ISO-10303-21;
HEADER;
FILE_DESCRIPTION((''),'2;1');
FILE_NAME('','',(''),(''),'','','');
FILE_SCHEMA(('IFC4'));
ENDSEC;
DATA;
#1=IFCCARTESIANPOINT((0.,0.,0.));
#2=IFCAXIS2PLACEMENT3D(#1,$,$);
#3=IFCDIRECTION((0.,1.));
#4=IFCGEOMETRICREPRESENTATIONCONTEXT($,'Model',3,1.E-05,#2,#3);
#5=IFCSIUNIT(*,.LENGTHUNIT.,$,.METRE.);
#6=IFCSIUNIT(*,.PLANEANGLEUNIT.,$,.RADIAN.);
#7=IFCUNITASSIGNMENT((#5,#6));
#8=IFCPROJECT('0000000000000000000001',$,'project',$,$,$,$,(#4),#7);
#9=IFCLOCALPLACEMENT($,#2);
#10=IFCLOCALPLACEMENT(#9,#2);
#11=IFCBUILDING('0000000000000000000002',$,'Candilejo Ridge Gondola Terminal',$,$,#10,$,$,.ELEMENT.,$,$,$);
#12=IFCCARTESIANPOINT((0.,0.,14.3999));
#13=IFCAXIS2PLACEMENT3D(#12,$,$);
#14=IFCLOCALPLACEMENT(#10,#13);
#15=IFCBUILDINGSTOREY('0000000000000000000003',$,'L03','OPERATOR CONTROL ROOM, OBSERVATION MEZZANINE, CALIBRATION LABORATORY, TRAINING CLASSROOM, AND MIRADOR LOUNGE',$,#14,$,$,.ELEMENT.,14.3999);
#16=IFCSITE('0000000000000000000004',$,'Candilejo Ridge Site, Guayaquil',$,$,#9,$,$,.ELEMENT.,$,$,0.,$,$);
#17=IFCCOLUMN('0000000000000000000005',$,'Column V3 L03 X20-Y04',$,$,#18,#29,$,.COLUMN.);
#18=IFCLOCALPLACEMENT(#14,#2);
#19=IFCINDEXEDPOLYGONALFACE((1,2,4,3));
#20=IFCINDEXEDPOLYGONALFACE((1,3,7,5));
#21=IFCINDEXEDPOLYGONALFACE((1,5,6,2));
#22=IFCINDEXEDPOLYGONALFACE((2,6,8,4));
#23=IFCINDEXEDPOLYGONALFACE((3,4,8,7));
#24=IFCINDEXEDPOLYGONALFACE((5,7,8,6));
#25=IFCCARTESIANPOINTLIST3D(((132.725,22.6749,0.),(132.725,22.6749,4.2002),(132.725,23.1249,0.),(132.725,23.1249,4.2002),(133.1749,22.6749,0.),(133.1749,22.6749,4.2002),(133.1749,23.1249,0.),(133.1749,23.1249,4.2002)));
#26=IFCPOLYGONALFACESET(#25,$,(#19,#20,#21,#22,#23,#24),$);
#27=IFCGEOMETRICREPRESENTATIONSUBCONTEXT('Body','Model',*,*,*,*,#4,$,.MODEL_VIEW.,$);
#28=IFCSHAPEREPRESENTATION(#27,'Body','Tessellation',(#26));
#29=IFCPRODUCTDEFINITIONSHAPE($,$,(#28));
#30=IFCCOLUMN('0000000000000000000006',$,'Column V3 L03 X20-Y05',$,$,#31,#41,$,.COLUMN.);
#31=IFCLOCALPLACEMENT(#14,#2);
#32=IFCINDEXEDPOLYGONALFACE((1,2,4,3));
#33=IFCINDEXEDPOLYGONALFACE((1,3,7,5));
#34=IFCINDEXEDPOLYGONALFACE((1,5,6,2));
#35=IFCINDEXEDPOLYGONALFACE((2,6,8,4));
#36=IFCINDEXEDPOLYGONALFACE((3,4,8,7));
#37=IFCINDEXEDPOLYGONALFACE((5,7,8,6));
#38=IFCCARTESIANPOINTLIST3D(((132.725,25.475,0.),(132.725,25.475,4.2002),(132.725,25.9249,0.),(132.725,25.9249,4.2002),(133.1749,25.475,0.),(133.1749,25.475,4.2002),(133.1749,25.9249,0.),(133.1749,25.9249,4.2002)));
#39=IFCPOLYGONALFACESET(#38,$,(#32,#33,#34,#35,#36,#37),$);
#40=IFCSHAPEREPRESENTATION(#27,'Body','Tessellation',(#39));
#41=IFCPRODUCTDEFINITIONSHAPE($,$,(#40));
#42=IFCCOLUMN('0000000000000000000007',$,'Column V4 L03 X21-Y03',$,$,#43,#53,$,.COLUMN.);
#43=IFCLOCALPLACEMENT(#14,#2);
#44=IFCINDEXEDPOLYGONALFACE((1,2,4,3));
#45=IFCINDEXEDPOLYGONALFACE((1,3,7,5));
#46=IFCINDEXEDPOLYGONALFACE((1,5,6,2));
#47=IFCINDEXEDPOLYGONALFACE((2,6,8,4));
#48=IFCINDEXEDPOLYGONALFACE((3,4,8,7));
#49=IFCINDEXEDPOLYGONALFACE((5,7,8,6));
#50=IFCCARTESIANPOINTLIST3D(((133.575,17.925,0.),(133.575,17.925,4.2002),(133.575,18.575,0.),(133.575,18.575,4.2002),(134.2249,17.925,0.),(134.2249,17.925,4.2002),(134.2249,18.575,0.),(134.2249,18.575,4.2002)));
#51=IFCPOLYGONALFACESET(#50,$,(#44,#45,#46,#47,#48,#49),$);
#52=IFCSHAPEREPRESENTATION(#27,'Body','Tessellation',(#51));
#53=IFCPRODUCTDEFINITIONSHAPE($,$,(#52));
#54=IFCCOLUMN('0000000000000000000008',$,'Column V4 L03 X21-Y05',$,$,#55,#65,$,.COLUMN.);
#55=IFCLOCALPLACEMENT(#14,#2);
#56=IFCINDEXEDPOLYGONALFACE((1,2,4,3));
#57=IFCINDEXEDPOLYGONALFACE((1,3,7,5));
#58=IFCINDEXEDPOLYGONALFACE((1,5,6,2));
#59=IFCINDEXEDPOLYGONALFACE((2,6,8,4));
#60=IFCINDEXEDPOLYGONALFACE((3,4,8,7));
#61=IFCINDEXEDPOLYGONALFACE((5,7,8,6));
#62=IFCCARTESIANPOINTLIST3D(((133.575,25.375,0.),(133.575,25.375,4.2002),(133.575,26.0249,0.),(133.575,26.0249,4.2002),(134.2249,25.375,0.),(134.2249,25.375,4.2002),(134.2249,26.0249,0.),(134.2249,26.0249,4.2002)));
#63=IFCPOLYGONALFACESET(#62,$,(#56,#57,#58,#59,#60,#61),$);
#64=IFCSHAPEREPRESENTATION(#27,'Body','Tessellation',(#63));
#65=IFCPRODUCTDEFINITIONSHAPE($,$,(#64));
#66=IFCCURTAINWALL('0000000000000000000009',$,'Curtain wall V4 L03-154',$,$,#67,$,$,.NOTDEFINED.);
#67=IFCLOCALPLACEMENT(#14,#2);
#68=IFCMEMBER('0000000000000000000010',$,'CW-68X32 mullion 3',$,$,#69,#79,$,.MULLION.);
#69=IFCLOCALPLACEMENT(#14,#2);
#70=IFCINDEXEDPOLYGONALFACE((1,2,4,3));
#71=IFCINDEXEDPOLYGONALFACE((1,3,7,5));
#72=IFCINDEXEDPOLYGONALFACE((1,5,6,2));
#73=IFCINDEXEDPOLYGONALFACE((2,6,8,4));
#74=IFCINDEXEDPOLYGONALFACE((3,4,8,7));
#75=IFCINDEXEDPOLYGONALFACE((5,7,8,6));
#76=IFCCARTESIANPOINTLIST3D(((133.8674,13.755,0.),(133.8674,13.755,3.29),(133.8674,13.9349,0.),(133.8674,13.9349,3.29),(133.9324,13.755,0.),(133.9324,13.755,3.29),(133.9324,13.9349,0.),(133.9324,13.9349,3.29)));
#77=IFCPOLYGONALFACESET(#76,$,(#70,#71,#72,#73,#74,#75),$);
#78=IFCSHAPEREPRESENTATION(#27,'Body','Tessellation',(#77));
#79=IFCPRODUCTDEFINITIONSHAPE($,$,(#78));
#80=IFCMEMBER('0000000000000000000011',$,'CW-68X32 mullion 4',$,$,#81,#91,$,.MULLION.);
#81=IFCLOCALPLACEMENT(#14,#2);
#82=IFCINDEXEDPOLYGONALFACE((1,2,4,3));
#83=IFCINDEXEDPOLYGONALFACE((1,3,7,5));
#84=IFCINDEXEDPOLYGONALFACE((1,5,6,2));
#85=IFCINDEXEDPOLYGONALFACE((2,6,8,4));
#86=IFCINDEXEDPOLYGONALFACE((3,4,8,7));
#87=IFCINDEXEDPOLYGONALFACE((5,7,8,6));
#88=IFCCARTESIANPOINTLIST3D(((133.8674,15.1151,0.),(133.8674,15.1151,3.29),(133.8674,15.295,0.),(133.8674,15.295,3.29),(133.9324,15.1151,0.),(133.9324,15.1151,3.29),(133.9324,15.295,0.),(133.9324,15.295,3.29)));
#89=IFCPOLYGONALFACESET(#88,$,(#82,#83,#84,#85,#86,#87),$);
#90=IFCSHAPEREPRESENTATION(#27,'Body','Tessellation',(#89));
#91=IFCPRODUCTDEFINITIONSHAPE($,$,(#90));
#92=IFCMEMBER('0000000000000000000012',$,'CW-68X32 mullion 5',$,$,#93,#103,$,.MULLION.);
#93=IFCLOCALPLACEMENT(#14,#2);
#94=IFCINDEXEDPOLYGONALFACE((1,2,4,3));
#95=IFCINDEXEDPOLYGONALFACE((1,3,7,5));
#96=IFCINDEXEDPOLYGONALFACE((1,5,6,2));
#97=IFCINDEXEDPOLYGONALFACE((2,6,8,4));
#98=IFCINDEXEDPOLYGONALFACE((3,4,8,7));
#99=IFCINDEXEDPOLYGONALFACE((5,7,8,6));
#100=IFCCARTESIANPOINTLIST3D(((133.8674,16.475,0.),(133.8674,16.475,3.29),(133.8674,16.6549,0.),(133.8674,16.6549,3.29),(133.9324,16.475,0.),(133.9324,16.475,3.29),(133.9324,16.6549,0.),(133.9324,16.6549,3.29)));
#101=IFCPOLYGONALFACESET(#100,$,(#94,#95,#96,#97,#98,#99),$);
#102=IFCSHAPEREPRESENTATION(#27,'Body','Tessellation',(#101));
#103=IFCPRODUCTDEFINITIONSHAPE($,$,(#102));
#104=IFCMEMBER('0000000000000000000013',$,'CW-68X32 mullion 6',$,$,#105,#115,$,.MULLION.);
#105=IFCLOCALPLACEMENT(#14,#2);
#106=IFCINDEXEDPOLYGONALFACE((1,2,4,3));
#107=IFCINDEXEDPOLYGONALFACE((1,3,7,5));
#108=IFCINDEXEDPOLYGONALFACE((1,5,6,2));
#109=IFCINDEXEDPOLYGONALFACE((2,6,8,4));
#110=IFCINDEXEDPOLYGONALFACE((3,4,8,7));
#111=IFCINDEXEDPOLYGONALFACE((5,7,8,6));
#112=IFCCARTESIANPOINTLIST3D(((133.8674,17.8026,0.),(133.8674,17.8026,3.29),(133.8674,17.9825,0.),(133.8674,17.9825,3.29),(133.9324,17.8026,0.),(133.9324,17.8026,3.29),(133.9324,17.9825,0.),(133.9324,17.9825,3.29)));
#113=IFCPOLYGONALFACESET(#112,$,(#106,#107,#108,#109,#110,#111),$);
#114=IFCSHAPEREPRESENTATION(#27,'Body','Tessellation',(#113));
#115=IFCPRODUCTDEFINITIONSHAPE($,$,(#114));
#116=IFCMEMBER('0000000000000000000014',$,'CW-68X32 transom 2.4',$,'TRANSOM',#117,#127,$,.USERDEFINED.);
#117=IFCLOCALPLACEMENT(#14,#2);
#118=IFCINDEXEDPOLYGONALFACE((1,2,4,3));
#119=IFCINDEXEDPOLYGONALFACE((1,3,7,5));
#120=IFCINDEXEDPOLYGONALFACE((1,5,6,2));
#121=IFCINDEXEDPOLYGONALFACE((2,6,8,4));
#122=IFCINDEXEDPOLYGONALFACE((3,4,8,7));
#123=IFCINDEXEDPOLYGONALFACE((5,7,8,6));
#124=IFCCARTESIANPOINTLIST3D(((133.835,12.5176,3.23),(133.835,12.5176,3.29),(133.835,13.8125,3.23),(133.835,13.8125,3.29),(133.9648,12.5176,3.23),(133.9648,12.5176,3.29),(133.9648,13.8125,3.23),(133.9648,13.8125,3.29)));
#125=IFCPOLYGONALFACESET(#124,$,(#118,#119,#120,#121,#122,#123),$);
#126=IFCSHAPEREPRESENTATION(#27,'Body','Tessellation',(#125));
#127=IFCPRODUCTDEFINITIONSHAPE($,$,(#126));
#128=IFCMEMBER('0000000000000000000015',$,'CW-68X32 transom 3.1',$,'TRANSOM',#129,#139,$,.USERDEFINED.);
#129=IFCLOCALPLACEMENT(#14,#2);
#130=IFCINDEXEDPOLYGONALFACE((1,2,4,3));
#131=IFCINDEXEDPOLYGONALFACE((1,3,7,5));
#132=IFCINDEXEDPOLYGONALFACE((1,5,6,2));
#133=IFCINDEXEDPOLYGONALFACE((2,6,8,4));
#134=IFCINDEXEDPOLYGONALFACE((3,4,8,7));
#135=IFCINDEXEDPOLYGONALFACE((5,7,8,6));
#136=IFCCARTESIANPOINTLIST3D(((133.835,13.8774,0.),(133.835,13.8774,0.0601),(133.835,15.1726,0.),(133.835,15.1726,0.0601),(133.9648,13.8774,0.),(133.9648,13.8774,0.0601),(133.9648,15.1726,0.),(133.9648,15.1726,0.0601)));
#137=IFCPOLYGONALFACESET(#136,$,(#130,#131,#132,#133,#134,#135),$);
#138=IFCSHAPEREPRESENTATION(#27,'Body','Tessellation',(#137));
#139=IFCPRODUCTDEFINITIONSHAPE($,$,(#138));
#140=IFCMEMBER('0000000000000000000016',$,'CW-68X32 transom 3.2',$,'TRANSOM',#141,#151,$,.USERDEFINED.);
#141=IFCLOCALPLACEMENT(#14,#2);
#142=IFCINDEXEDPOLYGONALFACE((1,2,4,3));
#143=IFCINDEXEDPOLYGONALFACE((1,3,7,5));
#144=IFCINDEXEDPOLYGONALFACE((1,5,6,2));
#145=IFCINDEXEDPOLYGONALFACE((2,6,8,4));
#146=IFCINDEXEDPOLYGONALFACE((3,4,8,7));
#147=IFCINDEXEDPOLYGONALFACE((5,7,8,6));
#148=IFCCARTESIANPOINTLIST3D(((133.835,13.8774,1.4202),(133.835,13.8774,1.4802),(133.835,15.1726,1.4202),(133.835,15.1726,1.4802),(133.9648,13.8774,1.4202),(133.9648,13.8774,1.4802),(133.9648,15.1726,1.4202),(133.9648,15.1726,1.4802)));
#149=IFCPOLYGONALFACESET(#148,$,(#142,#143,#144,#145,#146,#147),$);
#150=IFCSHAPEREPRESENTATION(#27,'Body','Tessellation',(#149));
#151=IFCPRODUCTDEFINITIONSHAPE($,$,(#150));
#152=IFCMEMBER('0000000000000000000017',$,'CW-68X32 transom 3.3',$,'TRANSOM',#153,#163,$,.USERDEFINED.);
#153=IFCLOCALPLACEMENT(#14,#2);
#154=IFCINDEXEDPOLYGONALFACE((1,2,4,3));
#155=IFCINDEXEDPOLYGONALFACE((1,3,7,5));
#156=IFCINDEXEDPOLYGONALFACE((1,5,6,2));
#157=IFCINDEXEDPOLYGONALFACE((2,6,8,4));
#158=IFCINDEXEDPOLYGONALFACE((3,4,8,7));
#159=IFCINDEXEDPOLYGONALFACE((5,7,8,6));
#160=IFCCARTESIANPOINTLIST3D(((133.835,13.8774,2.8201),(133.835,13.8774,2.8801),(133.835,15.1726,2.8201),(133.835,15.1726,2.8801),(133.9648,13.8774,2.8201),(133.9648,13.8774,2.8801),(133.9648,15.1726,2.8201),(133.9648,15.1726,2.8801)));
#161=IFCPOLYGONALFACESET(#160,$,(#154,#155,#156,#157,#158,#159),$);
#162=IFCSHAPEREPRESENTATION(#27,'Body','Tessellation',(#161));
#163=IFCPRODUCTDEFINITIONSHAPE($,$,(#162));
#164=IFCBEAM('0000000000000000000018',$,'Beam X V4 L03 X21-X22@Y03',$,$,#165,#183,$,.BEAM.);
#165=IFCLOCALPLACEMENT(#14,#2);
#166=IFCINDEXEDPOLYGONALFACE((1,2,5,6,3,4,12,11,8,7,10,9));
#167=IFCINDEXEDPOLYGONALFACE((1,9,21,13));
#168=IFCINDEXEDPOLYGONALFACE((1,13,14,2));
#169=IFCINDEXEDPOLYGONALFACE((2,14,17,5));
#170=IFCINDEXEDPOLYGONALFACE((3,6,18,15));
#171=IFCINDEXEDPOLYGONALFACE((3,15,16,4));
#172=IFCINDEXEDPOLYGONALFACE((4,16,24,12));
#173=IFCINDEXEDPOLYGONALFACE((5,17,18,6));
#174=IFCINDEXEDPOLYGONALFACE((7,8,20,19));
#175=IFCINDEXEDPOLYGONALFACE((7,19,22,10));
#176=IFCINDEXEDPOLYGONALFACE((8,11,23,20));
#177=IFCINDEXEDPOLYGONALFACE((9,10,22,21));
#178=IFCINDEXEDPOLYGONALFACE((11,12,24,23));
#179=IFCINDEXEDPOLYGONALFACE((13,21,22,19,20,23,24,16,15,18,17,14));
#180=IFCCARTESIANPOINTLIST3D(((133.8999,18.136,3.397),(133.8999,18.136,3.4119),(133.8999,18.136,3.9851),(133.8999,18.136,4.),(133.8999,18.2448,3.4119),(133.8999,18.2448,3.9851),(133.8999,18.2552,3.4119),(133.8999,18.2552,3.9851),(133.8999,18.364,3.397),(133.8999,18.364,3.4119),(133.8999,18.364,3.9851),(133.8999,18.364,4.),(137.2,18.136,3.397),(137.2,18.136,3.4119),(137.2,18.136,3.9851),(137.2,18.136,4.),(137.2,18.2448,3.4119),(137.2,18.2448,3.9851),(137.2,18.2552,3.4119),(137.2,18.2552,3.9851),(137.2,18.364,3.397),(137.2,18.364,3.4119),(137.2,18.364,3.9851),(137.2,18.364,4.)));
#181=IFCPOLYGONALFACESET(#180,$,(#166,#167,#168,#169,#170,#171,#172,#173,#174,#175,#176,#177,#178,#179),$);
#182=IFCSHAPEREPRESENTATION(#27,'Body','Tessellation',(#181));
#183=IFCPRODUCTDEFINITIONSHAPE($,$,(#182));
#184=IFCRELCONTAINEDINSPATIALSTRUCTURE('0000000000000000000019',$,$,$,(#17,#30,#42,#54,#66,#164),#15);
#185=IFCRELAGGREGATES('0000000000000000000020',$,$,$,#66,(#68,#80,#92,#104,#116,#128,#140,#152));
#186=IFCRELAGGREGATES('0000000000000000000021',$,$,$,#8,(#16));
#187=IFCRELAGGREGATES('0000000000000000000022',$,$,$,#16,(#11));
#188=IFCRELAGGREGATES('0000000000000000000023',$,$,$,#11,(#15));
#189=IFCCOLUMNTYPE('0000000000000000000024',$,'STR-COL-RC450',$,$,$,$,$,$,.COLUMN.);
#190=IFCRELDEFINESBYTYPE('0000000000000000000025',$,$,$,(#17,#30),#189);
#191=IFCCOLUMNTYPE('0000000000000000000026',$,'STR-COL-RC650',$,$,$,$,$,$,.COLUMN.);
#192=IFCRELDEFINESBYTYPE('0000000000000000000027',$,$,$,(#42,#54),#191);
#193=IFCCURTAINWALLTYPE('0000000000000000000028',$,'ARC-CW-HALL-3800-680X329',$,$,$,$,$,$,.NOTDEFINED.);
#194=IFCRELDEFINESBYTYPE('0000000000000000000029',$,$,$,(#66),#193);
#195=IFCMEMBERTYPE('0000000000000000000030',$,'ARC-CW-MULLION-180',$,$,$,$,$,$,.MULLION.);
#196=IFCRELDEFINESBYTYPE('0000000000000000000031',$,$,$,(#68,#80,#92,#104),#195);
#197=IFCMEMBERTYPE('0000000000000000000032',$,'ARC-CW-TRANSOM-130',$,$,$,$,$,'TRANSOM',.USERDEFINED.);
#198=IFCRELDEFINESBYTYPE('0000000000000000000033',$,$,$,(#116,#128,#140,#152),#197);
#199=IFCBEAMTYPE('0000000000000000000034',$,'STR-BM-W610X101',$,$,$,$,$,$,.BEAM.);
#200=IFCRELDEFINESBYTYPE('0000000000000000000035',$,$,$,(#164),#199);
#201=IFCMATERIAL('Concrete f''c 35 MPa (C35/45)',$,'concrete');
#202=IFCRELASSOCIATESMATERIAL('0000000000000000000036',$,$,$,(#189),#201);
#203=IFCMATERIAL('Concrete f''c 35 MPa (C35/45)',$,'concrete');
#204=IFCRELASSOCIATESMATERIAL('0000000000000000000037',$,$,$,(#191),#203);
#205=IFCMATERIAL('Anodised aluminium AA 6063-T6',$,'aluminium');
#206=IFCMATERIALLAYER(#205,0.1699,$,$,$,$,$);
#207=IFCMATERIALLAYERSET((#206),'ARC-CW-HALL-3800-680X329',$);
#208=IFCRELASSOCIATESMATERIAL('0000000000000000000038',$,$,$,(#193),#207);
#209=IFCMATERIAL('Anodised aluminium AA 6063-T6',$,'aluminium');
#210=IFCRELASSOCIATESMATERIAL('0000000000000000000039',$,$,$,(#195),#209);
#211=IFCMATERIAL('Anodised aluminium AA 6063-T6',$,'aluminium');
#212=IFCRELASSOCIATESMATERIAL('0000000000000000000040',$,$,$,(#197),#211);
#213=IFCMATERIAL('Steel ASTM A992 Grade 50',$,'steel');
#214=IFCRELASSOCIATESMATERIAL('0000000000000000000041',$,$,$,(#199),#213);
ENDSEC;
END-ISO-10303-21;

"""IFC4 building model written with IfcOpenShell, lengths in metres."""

from ifc_helpers import new_model, si_unit, direction, frame, origin, origin_2d, place, context, subcontext, project, spatial, rectangle, i_section, extrude, material, layer, layer_set, material_profile, profile_set, type_object, element, aggregate, save


model = new_model("IFC4")

# Units and contexts
model_context = context("Model", 3, precision=1e-05, world=origin(), true_north=direction((0.0, 1.0)))
body_context = subcontext(model_context, "Body", "Model", "MODEL_VIEW")
ifc_project = project(units=[si_unit("LENGTHUNIT", "METRE"), si_unit("PLANEANGLEUNIT", "RADIAN")], contexts=[model_context])

# Site, building, storey
site_placement = place(None, origin())
site = spatial("IfcSite", under=ifc_project, at=site_placement, Name="Candilejo Ridge Site, Guayaquil", CompositionType="ELEMENT", RefElevation=0.0)
building_placement = place(site_placement, origin())
building = spatial("IfcBuilding", under=site, at=building_placement, Name="Candilejo Ridge Gondola Terminal", CompositionType="ELEMENT")
storey_placement = place(building_placement, frame((0.0, 0.0, 14.3999)))
storey = spatial("IfcBuildingStorey", under=building, at=storey_placement, Name="L03", Description="OPERATOR CONTROL ROOM, OBSERVATION MEZZANINE, CALIBRATION LABORATORY, TRAINING CLASSROOM, AND MIRADOR LOUNGE", CompositionType="ELEMENT", Elevation=14.3999)

# Columns
ifc_material_1 = material(Name="Concrete f'c 35 MPa (C35/45)", Category="concrete")
ifc_material_profile_1 = material_profile(ifc_material_1, rectangle(XDim=0.45, YDim=0.45, at=origin_2d()))
ifc_profile_set_1 = profile_set([ifc_material_profile_1], Name="Concrete f'c 35 MPa (C35/45)")
column_type_1 = type_object("IfcColumnType", Name="STR-COL-RC450", PredefinedType="COLUMN", material=ifc_profile_set_1)
for number, where, z_axis, x_axis, name in (
    (1, (132.95, 22.8999, 0.0), (0.0, 0.0, 1.0), (1.0, 0.0, 0.0), "Column V3 L03 X20-Y04"),
    (2, (132.95, 25.7, 0.0), (0.0, 0.0, 1.0), (1.0, 0.0, 0.0), "Column V3 L03 X20-Y05"),
):
    element("IfcColumn", number, at=place(storey_placement, frame(where, z_axis=z_axis, x_axis=x_axis)), inside=storey, type_object=column_type_1, Name=name, PredefinedType="COLUMN", context=body_context, shape_type="SweptSolid", body=[
        extrude(rectangle(XDim=0.45, YDim=0.45, at=origin_2d()), origin(), (0.0, 0.0, 1.0), 4.2002),
    ])
ifc_material_2 = material(Name="Concrete f'c 35 MPa (C35/45)", Category="concrete")
ifc_material_profile_2 = material_profile(ifc_material_2, rectangle(XDim=0.6499, YDim=0.6499, at=origin_2d()))
ifc_profile_set_2 = profile_set([ifc_material_profile_2], Name="Concrete f'c 35 MPa (C35/45)")
column_type_2 = type_object("IfcColumnType", Name="STR-COL-RC650", PredefinedType="COLUMN", material=ifc_profile_set_2)
for number, where, z_axis, x_axis, name in (
    (3, (133.8999, 18.25, 0.0), (0.0, 0.0, 1.0), (1.0, 0.0, 0.0), "Column V4 L03 X21-Y03"),
    (4, (133.8999, 25.7, 0.0), (0.0, 0.0, 1.0), (1.0, 0.0, 0.0), "Column V4 L03 X21-Y05"),
):
    element("IfcColumn", number, at=place(storey_placement, frame(where, z_axis=z_axis, x_axis=x_axis)), inside=storey, type_object=column_type_2, Name=name, PredefinedType="COLUMN", context=body_context, shape_type="SweptSolid", body=[
        extrude(rectangle(XDim=0.6499, YDim=0.6499, at=origin_2d()), origin(), (0.0, 0.0, 1.0), 4.2002),
    ])

# Curtain wall, members
ifc_material_3 = material(Name="Anodised aluminium AA 6063-T6", Category="aluminium")
ifc_layer_1 = layer(ifc_material_3, 0.1699)
ifc_layer_set_1 = layer_set([ifc_layer_1], Name="ARC-CW-HALL-3800-680X329")
curtain_wall_type = type_object("IfcCurtainWallType", Name="ARC-CW-HALL-3800-680X329", PredefinedType="NOTDEFINED", material=ifc_layer_set_1)
curtain_wall_placement = place(storey_placement, origin())
curtain_wall = element("IfcCurtainWall", 5, at=curtain_wall_placement, inside=storey, type_object=curtain_wall_type, Name="Curtain wall V4 L03-154", PredefinedType="NOTDEFINED")
ifc_material_4 = material(Name="Anodised aluminium AA 6063-T6", Category="aluminium")
ifc_material_profile_3 = material_profile(ifc_material_4, rectangle(XDim=0.0649, YDim=0.1799, at=origin_2d()))
ifc_profile_set_3 = profile_set([ifc_material_profile_3], Name="Anodised aluminium AA 6063-T6")
member_type_1 = type_object("IfcMemberType", Name="ARC-CW-MULLION-180", PredefinedType="MULLION", material=ifc_profile_set_3)
member_1_placement = place(storey_placement, frame((133.8999, 13.845, 0.0), z_axis=(0.0, 0.0, 1.0), x_axis=(-1.0, 0.0, 0.0)))
member_1 = element("IfcMember", 6, at=member_1_placement, type_object=member_type_1, Name="CW-68X32 mullion 3", PredefinedType="MULLION", context=body_context, shape_type="SweptSolid", body=[
    extrude(rectangle(XDim=0.0649, YDim=0.1799, at=origin_2d()), origin(), (0.0, 0.0, 1.0), 3.29),
])
member_2_placement = place(storey_placement, frame((133.8999, 15.2051, 0.0), z_axis=(0.0, 0.0, 1.0), x_axis=(-1.0, 0.0, 0.0)))
member_2 = element("IfcMember", 7, at=member_2_placement, type_object=member_type_1, Name="CW-68X32 mullion 4", PredefinedType="MULLION", context=body_context, shape_type="SweptSolid", body=[
    extrude(rectangle(XDim=0.0649, YDim=0.1799, at=origin_2d()), origin(), (0.0, 0.0, 1.0), 3.29),
])
member_3_placement = place(storey_placement, frame((133.8999, 16.5649, 0.0), z_axis=(0.0, 0.0, 1.0), x_axis=(-1.0, 0.0, 0.0)))
member_3 = element("IfcMember", 8, at=member_3_placement, type_object=member_type_1, Name="CW-68X32 mullion 5", PredefinedType="MULLION", context=body_context, shape_type="SweptSolid", body=[
    extrude(rectangle(XDim=0.0649, YDim=0.1799, at=origin_2d()), origin(), (0.0, 0.0, 1.0), 3.29),
])
member_4_placement = place(storey_placement, frame((133.8999, 17.8926, 0.0), z_axis=(0.0, 0.0, 1.0), x_axis=(-1.0, 0.0, 0.0)))
member_4 = element("IfcMember", 9, at=member_4_placement, type_object=member_type_1, Name="CW-68X32 mullion 6", PredefinedType="MULLION", context=body_context, shape_type="SweptSolid", body=[
    extrude(rectangle(XDim=0.0649, YDim=0.1799, at=origin_2d()), origin(), (0.0, 0.0, 1.0), 3.29),
])
ifc_material_5 = material(Name="Anodised aluminium AA 6063-T6", Category="aluminium")
ifc_material_profile_4 = material_profile(ifc_material_5, rectangle(XDim=0.1299, YDim=0.0601, at=origin_2d()))
ifc_profile_set_4 = profile_set([ifc_material_profile_4], Name="Anodised aluminium AA 6063-T6")
member_type_2 = type_object("IfcMemberType", Name="ARC-CW-TRANSOM-130", ElementType="TRANSOM", PredefinedType="USERDEFINED", material=ifc_profile_set_4)
member_5_placement = place(storey_placement, frame((133.8999, 12.5176, 3.26), z_axis=(0.0, 1.0, 0.0), x_axis=(-1.0, 0.0, 0.0)))
member_5 = element("IfcMember", 10, at=member_5_placement, type_object=member_type_2, Name="CW-68X32 transom 2.4", ObjectType="TRANSOM", PredefinedType="USERDEFINED", context=body_context, shape_type="SweptSolid", body=[
    extrude(rectangle(XDim=0.1299, YDim=0.0601, at=origin_2d()), origin(), (0.0, 0.0, 1.0), 1.2949),
])
member_6_placement = place(storey_placement, frame((133.8999, 13.8774, 0.03), z_axis=(0.0, 1.0, 0.0), x_axis=(-1.0, 0.0, 0.0)))
member_6 = element("IfcMember", 11, at=member_6_placement, type_object=member_type_2, Name="CW-68X32 transom 3.1", ObjectType="TRANSOM", PredefinedType="USERDEFINED", context=body_context, shape_type="SweptSolid", body=[
    extrude(rectangle(XDim=0.1299, YDim=0.0601, at=origin_2d()), origin(), (0.0, 0.0, 1.0), 1.2952),
])
member_7_placement = place(storey_placement, frame((133.8999, 13.8774, 1.4502), z_axis=(0.0, 1.0, 0.0), x_axis=(-1.0, 0.0, 0.0)))
member_7 = element("IfcMember", 12, at=member_7_placement, type_object=member_type_2, Name="CW-68X32 transom 3.2", ObjectType="TRANSOM", PredefinedType="USERDEFINED", context=body_context, shape_type="SweptSolid", body=[
    extrude(rectangle(XDim=0.1299, YDim=0.0601, at=origin_2d()), origin(), (0.0, 0.0, 1.0), 1.2952),
])
member_8_placement = place(storey_placement, frame((133.8999, 13.8774, 2.8501), z_axis=(0.0, 1.0, 0.0), x_axis=(-1.0, 0.0, 0.0)))
member_8 = element("IfcMember", 13, at=member_8_placement, type_object=member_type_2, Name="CW-68X32 transom 3.3", ObjectType="TRANSOM", PredefinedType="USERDEFINED", context=body_context, shape_type="SweptSolid", body=[
    extrude(rectangle(XDim=0.1299, YDim=0.0601, at=origin_2d()), origin(), (0.0, 0.0, 1.0), 1.2952),
])

# Beam
ifc_material_6 = material(Name="Steel ASTM A992 Grade 50", Category="steel")
ifc_material_profile_5 = material_profile(ifc_material_6, i_section(OverallWidth=0.228, OverallDepth=0.603, WebThickness=0.0105, FlangeThickness=0.0149, at=origin_2d()))
ifc_profile_set_5 = profile_set([ifc_material_profile_5], Name="Steel ASTM A992 Grade 50")
beam_type_1 = type_object("IfcBeamType", Name="STR-BM-W610X101", PredefinedType="BEAM", material=ifc_profile_set_5)
beam_1_placement = place(storey_placement, frame((133.8999, 18.25, 3.6985), z_axis=(1.0, 0.0, 0.0), x_axis=(0.0, 1.0, 0.0)))
element("IfcBeam", 14, at=beam_1_placement, inside=storey, type_object=beam_type_1, Name="Beam X V4 L03 X21-X22@Y03", PredefinedType="BEAM", context=body_context, shape_type="SweptSolid", body=[
    extrude(i_section(OverallWidth=0.228, OverallDepth=0.603, WebThickness=0.0105, FlangeThickness=0.0149, at=origin_2d()), origin(), (0.0, 0.0, 1.0), 3.3),
])

aggregate(curtain_wall, [member_1, member_2, member_3, member_4, member_5, member_6, member_7, member_8])

save(model, "model.ifc")
